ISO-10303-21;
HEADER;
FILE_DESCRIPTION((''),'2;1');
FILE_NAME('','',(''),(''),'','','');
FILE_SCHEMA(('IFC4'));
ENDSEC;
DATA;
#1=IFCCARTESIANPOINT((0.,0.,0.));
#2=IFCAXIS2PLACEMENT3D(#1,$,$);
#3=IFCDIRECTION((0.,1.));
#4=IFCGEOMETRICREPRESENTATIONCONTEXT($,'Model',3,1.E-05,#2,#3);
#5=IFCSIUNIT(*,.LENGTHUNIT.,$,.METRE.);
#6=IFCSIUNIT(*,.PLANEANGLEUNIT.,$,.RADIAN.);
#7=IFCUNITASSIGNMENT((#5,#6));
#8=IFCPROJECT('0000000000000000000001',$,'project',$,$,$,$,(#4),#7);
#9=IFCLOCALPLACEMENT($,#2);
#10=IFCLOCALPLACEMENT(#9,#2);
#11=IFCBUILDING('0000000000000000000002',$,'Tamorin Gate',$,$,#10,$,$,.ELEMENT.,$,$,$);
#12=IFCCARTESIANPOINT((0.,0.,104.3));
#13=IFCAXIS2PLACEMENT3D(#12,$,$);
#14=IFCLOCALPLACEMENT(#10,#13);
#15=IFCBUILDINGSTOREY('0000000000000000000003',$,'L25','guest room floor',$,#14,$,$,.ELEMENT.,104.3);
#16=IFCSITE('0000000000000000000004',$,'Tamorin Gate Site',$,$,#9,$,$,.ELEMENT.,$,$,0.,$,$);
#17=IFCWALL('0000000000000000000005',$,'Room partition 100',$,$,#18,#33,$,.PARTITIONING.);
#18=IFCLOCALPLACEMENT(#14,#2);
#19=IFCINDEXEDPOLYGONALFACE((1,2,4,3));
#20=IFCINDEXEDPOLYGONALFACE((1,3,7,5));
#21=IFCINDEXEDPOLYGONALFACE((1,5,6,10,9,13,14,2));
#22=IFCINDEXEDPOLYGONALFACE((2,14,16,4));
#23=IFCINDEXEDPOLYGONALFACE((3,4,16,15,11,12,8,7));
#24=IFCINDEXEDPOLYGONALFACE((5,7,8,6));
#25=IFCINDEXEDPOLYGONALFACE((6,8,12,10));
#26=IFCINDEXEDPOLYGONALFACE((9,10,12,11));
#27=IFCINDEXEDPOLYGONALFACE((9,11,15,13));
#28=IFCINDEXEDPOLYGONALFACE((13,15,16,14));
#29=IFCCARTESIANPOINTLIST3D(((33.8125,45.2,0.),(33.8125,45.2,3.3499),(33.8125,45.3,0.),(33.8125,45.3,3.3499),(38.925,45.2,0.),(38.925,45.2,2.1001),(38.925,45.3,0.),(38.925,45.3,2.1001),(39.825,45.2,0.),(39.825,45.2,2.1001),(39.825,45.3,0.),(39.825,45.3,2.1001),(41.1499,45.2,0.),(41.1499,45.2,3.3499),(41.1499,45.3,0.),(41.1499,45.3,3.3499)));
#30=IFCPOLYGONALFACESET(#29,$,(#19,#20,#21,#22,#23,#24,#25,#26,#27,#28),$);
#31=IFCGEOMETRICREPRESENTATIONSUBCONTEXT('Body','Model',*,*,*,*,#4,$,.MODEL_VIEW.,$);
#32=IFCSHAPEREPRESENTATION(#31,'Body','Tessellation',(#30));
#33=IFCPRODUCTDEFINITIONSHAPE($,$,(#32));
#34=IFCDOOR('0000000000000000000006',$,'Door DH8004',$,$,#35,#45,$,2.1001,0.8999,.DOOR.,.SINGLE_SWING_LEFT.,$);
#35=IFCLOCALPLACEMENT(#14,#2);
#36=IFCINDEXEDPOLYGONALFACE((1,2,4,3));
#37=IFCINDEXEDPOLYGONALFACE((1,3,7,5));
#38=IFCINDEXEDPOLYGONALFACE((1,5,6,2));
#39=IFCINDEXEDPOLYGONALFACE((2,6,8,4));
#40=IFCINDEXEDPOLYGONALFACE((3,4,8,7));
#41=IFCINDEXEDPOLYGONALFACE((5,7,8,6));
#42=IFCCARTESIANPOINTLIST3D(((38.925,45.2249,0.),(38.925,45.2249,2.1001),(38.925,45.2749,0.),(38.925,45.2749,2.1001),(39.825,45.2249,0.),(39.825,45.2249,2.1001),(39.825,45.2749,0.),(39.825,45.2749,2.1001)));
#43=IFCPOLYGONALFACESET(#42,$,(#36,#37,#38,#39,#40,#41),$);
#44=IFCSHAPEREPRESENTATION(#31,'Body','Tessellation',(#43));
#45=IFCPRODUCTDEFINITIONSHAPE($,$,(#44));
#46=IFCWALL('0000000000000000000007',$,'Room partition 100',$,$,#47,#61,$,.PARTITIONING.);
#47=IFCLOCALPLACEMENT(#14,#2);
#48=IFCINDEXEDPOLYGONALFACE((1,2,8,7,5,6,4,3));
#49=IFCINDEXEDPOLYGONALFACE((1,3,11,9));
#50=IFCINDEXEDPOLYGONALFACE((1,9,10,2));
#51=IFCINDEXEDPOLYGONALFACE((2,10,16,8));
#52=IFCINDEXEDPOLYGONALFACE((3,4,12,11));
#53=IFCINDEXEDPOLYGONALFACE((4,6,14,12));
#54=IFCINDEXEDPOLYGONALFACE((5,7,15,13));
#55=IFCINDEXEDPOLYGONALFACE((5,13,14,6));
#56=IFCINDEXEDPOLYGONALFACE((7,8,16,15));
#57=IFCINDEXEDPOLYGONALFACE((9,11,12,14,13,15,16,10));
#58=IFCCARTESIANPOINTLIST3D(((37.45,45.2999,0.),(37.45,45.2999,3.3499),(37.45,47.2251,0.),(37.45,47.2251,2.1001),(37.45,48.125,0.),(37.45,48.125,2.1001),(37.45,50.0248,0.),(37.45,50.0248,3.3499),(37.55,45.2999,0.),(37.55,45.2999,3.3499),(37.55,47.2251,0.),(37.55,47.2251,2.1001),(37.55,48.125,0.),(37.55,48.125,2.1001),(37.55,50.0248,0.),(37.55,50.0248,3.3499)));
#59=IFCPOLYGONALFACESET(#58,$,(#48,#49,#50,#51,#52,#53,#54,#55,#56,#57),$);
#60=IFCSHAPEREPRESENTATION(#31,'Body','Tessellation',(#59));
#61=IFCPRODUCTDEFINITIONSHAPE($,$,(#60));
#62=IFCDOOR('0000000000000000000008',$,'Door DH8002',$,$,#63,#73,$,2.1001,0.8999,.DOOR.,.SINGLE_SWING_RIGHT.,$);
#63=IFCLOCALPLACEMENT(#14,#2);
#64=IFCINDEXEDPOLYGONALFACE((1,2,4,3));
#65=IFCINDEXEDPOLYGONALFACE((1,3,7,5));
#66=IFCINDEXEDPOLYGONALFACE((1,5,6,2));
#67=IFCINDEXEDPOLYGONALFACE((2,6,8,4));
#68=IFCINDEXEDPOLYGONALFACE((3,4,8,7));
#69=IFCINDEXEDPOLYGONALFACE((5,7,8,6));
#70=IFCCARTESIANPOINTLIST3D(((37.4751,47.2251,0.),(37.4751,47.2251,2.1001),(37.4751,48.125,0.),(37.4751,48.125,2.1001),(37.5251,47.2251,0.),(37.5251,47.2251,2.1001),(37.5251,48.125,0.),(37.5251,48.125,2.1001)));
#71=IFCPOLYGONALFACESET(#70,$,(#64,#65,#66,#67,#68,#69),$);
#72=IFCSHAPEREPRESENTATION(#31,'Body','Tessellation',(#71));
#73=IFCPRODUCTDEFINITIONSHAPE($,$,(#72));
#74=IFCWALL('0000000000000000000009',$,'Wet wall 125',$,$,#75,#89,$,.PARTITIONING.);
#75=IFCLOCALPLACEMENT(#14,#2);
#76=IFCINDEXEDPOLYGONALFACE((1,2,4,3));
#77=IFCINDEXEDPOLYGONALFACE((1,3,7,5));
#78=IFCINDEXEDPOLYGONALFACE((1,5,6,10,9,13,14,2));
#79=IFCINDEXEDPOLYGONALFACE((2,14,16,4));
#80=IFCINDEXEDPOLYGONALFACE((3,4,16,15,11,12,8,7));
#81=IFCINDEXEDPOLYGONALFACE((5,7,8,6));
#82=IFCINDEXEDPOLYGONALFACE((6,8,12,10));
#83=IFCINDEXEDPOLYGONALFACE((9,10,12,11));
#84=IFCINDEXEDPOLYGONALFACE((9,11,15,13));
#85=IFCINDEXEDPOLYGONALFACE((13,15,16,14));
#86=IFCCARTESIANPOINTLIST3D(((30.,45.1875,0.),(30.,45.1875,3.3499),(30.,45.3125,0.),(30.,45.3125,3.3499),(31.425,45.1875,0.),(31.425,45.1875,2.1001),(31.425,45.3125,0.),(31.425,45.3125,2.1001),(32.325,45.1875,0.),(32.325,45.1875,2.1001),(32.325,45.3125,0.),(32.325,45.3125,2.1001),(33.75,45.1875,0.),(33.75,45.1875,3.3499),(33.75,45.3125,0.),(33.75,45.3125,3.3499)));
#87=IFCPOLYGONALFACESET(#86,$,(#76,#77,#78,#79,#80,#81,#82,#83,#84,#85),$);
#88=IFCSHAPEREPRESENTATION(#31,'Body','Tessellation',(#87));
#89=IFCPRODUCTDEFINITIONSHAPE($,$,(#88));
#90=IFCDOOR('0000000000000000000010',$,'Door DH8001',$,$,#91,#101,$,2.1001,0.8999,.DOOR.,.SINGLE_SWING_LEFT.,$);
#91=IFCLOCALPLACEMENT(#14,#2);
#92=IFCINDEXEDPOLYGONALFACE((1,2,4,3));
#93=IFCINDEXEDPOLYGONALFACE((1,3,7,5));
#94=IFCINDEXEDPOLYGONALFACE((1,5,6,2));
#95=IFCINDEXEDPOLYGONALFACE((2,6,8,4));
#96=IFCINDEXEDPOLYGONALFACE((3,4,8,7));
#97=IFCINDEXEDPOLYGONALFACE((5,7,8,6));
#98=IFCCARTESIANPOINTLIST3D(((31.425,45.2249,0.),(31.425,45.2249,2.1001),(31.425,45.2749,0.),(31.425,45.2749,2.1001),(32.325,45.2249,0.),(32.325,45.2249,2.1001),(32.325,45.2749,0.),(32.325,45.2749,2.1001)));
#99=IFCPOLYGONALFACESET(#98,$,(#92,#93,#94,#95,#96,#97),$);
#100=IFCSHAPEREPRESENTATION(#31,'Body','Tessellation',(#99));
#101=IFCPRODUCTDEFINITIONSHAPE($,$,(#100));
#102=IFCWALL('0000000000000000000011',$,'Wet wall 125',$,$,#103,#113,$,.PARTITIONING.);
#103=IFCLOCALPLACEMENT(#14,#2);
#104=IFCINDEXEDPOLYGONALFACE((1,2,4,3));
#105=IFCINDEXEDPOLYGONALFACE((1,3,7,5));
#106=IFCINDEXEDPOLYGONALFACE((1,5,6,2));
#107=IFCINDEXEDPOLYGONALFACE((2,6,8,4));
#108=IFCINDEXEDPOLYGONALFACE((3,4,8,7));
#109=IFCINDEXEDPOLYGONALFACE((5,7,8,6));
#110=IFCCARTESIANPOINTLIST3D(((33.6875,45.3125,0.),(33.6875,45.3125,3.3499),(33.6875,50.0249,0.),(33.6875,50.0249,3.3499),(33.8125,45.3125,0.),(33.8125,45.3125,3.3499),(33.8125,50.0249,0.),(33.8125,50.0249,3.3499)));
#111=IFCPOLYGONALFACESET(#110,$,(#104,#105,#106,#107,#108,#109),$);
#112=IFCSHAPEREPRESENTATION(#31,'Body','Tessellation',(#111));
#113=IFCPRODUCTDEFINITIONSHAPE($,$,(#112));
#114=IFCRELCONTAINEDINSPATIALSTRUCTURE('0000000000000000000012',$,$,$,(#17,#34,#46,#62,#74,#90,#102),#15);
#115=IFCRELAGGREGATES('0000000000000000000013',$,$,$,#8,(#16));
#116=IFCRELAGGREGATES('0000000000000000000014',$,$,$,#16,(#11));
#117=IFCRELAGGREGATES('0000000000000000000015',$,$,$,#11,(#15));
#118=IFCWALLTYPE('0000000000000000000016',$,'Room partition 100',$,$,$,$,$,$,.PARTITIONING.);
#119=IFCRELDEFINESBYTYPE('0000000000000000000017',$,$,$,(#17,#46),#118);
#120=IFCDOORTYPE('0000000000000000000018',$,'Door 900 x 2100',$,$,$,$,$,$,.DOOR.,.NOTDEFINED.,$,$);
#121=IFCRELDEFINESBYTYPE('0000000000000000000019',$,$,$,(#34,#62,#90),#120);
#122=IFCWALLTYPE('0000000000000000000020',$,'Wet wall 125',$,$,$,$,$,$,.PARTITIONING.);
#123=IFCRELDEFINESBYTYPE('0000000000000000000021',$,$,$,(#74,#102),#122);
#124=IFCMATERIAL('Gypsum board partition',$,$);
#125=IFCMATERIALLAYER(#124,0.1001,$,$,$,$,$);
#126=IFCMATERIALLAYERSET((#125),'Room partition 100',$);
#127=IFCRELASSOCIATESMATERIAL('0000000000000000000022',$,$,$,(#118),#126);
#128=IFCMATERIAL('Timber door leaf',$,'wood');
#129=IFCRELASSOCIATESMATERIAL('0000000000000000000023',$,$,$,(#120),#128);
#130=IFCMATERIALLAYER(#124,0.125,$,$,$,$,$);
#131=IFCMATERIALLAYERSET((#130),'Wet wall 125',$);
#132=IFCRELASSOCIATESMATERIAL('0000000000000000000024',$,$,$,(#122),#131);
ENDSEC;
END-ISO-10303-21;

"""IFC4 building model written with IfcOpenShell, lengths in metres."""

from ifc_helpers import new_model, si_unit, direction, frame, frame_2d, origin, place, context, subcontext, project, spatial, rectangle, extrude, material, layer, layer_set, type_object, element, fill, save


model = new_model("IFC4")

# Units and contexts
model_context = context("Model", 3, precision=1e-05, world=origin(), true_north=direction((0.0, 1.0)))
body_context = subcontext(model_context, "Body", "Model", "MODEL_VIEW")
ifc_project = project(units=[si_unit("LENGTHUNIT", "METRE"), si_unit("PLANEANGLEUNIT", "RADIAN")], contexts=[model_context])

# Site, building, storey
site_placement = place(None, origin())
site = spatial("IfcSite", under=ifc_project, at=site_placement, Name="Tamorin Gate Site", CompositionType="ELEMENT", RefElevation=0.0)
building_placement = place(site_placement, origin())
building = spatial("IfcBuilding", under=site, at=building_placement, Name="Tamorin Gate", CompositionType="ELEMENT")
storey_placement = place(building_placement, frame((0.0, 0.0, 104.3)))
storey = spatial("IfcBuildingStorey", under=building, at=storey_placement, Name="L25", Description="guest room floor", CompositionType="ELEMENT", Elevation=104.3)

# Shared definitions
ifc_material_1 = material(Name="Gypsum board partition")
ifc_material_2 = material(Name="Timber door leaf", Category="wood")

# Walls, openings, doors
ifc_layer_1 = layer(ifc_material_1, 0.1001)
ifc_layer_set_1 = layer_set([ifc_layer_1], Name="Room partition 100")
wall_type_1 = type_object("IfcWallType", Name="Room partition 100", PredefinedType="PARTITIONING", material=ifc_layer_set_1)
wall_1_placement = place(storey_placement, frame((33.8125, 45.25, 0.0), z_axis=(0.0, 0.0, 1.0), x_axis=(1.0, 0.0, 0.0)))
wall_1 = element("IfcWall", 1, at=wall_1_placement, inside=storey, type_object=wall_type_1, Name="Room partition 100", PredefinedType="PARTITIONING", context=body_context, shape_type="SweptSolid", body=[
    extrude(rectangle(XDim=7.3374, YDim=0.1001, at=frame_2d((3.6687, 0.0))), origin(), (0.0, 0.0, 1.0), 3.3499),
])
opening_1_placement = place(wall_1_placement, frame((5.1125, 0.0, 0.0)))
opening_1 = element("IfcOpeningElement", 2, at=opening_1_placement, cuts=wall_1, PredefinedType="OPENING", context=body_context, shape_type="SweptSolid", body=[
    extrude(rectangle(XDim=0.8999, YDim=2.1001, at=frame_2d((0.45, 1.05))), frame((0.0, 0.0601, 0.0), z_axis=(0.0, -1.0, 0.0), x_axis=(1.0, 0.0, 0.0)), (0.0, 0.0, 1.0), 0.1201),
])
door_type_1 = type_object("IfcDoorType", Name="Door 900 x 2100", OperationType="NOTDEFINED", PredefinedType="DOOR", material=ifc_material_2)
door_1_placement = place(opening_1_placement, origin())
door_1 = element("IfcDoor", 3, at=door_1_placement, inside=storey, type_object=door_type_1, Name="Door DH8004", OperationType="SINGLE_SWING_LEFT", OverallHeight=2.1001, OverallWidth=0.8999, PredefinedType="DOOR", context=body_context, shape_type="SweptSolid", body=[
    extrude(rectangle(XDim=0.8999, YDim=2.1001, at=frame_2d((0.45, 1.05))), frame((0.0, 0.0249, 0.0), z_axis=(0.0, -1.0, 0.0), x_axis=(1.0, 0.0, 0.0)), (0.0, 0.0, 1.0), 0.05),
])
fill(opening_1, door_1)
wall_2_placement = place(storey_placement, frame((37.5, 45.3, 0.0), z_axis=(0.0, 0.0, 1.0), x_axis=(0.0, 1.0, 0.0)))
wall_2 = element("IfcWall", 4, at=wall_2_placement, inside=storey, type_object=wall_type_1, Name="Room partition 100", PredefinedType="PARTITIONING", context=body_context, shape_type="SweptSolid", body=[
    extrude(rectangle(XDim=4.7249, YDim=0.1001, at=frame_2d((2.3623, 0.0))), origin(), (0.0, 0.0, 1.0), 3.3499),
])
opening_2_placement = place(wall_2_placement, frame((1.925, 0.0, 0.0)))
opening_2 = element("IfcOpeningElement", 5, at=opening_2_placement, cuts=wall_2, PredefinedType="OPENING", context=body_context, shape_type="SweptSolid", body=[
    extrude(rectangle(XDim=0.8999, YDim=2.1001, at=frame_2d((0.45, 1.05))), frame((0.0, 0.0601, 0.0), z_axis=(0.0, -1.0, 0.0), x_axis=(1.0, 0.0, 0.0)), (0.0, 0.0, 1.0), 0.1201),
])
door_2_placement = place(opening_2_placement, origin())
door_2 = element("IfcDoor", 6, at=door_2_placement, inside=storey, type_object=door_type_1, Name="Door DH8002", OperationType="SINGLE_SWING_RIGHT", OverallHeight=2.1001, OverallWidth=0.8999, PredefinedType="DOOR", context=body_context, shape_type="SweptSolid", body=[
    extrude(rectangle(XDim=0.8999, YDim=2.1001, at=frame_2d((0.45, 1.05))), frame((0.0, 0.0249, 0.0), z_axis=(0.0, -1.0, 0.0), x_axis=(1.0, 0.0, 0.0)), (0.0, 0.0, 1.0), 0.05),
])
fill(opening_2, door_2)
ifc_layer_2 = layer(ifc_material_1, 0.125)
ifc_layer_set_2 = layer_set([ifc_layer_2], Name="Wet wall 125")
wall_type_2 = type_object("IfcWallType", Name="Wet wall 125", PredefinedType="PARTITIONING", material=ifc_layer_set_2)
wall_3_placement = place(storey_placement, frame((30.0, 45.25, 0.0), z_axis=(0.0, 0.0, 1.0), x_axis=(1.0, 0.0, 0.0)))
wall_3 = element("IfcWall", 7, at=wall_3_placement, inside=storey, type_object=wall_type_2, Name="Wet wall 125", PredefinedType="PARTITIONING", context=body_context, shape_type="SweptSolid", body=[
    extrude(rectangle(XDim=3.75, YDim=0.125, at=frame_2d((1.875, 0.0))), origin(), (0.0, 0.0, 1.0), 3.3499),
])
opening_3_placement = place(wall_3_placement, frame((1.425, 0.0, 0.0)))
opening_3 = element("IfcOpeningElement", 8, at=opening_3_placement, cuts=wall_3, PredefinedType="OPENING", context=body_context, shape_type="SweptSolid", body=[
    extrude(rectangle(XDim=0.8999, YDim=2.1001, at=frame_2d((0.45, 1.05))), frame((0.0, 0.0725, 0.0), z_axis=(0.0, -1.0, 0.0), x_axis=(1.0, 0.0, 0.0)), (0.0, 0.0, 1.0), 0.145),
])
door_3_placement = place(opening_3_placement, origin())
door_3 = element("IfcDoor", 9, at=door_3_placement, inside=storey, type_object=door_type_1, Name="Door DH8001", OperationType="SINGLE_SWING_LEFT", OverallHeight=2.1001, OverallWidth=0.8999, PredefinedType="DOOR", context=body_context, shape_type="SweptSolid", body=[
    extrude(rectangle(XDim=0.8999, YDim=2.1001, at=frame_2d((0.45, 1.05))), frame((0.0, 0.0249, 0.0), z_axis=(0.0, -1.0, 0.0), x_axis=(1.0, 0.0, 0.0)), (0.0, 0.0, 1.0), 0.05),
])
fill(opening_3, door_3)

# Wall
wall_4_placement = place(storey_placement, frame((33.75, 45.3125, 0.0), z_axis=(0.0, 0.0, 1.0), x_axis=(0.0, 1.0, 0.0)))
element("IfcWall", 10, at=wall_4_placement, inside=storey, type_object=wall_type_2, Name="Wet wall 125", PredefinedType="PARTITIONING", context=body_context, shape_type="SweptSolid", body=[
    extrude(rectangle(XDim=4.7124, YDim=0.125, at=frame_2d((2.3562, 0.0))), origin(), (0.0, 0.0, 1.0), 3.3499),
])

save(model, "model.ifc")
